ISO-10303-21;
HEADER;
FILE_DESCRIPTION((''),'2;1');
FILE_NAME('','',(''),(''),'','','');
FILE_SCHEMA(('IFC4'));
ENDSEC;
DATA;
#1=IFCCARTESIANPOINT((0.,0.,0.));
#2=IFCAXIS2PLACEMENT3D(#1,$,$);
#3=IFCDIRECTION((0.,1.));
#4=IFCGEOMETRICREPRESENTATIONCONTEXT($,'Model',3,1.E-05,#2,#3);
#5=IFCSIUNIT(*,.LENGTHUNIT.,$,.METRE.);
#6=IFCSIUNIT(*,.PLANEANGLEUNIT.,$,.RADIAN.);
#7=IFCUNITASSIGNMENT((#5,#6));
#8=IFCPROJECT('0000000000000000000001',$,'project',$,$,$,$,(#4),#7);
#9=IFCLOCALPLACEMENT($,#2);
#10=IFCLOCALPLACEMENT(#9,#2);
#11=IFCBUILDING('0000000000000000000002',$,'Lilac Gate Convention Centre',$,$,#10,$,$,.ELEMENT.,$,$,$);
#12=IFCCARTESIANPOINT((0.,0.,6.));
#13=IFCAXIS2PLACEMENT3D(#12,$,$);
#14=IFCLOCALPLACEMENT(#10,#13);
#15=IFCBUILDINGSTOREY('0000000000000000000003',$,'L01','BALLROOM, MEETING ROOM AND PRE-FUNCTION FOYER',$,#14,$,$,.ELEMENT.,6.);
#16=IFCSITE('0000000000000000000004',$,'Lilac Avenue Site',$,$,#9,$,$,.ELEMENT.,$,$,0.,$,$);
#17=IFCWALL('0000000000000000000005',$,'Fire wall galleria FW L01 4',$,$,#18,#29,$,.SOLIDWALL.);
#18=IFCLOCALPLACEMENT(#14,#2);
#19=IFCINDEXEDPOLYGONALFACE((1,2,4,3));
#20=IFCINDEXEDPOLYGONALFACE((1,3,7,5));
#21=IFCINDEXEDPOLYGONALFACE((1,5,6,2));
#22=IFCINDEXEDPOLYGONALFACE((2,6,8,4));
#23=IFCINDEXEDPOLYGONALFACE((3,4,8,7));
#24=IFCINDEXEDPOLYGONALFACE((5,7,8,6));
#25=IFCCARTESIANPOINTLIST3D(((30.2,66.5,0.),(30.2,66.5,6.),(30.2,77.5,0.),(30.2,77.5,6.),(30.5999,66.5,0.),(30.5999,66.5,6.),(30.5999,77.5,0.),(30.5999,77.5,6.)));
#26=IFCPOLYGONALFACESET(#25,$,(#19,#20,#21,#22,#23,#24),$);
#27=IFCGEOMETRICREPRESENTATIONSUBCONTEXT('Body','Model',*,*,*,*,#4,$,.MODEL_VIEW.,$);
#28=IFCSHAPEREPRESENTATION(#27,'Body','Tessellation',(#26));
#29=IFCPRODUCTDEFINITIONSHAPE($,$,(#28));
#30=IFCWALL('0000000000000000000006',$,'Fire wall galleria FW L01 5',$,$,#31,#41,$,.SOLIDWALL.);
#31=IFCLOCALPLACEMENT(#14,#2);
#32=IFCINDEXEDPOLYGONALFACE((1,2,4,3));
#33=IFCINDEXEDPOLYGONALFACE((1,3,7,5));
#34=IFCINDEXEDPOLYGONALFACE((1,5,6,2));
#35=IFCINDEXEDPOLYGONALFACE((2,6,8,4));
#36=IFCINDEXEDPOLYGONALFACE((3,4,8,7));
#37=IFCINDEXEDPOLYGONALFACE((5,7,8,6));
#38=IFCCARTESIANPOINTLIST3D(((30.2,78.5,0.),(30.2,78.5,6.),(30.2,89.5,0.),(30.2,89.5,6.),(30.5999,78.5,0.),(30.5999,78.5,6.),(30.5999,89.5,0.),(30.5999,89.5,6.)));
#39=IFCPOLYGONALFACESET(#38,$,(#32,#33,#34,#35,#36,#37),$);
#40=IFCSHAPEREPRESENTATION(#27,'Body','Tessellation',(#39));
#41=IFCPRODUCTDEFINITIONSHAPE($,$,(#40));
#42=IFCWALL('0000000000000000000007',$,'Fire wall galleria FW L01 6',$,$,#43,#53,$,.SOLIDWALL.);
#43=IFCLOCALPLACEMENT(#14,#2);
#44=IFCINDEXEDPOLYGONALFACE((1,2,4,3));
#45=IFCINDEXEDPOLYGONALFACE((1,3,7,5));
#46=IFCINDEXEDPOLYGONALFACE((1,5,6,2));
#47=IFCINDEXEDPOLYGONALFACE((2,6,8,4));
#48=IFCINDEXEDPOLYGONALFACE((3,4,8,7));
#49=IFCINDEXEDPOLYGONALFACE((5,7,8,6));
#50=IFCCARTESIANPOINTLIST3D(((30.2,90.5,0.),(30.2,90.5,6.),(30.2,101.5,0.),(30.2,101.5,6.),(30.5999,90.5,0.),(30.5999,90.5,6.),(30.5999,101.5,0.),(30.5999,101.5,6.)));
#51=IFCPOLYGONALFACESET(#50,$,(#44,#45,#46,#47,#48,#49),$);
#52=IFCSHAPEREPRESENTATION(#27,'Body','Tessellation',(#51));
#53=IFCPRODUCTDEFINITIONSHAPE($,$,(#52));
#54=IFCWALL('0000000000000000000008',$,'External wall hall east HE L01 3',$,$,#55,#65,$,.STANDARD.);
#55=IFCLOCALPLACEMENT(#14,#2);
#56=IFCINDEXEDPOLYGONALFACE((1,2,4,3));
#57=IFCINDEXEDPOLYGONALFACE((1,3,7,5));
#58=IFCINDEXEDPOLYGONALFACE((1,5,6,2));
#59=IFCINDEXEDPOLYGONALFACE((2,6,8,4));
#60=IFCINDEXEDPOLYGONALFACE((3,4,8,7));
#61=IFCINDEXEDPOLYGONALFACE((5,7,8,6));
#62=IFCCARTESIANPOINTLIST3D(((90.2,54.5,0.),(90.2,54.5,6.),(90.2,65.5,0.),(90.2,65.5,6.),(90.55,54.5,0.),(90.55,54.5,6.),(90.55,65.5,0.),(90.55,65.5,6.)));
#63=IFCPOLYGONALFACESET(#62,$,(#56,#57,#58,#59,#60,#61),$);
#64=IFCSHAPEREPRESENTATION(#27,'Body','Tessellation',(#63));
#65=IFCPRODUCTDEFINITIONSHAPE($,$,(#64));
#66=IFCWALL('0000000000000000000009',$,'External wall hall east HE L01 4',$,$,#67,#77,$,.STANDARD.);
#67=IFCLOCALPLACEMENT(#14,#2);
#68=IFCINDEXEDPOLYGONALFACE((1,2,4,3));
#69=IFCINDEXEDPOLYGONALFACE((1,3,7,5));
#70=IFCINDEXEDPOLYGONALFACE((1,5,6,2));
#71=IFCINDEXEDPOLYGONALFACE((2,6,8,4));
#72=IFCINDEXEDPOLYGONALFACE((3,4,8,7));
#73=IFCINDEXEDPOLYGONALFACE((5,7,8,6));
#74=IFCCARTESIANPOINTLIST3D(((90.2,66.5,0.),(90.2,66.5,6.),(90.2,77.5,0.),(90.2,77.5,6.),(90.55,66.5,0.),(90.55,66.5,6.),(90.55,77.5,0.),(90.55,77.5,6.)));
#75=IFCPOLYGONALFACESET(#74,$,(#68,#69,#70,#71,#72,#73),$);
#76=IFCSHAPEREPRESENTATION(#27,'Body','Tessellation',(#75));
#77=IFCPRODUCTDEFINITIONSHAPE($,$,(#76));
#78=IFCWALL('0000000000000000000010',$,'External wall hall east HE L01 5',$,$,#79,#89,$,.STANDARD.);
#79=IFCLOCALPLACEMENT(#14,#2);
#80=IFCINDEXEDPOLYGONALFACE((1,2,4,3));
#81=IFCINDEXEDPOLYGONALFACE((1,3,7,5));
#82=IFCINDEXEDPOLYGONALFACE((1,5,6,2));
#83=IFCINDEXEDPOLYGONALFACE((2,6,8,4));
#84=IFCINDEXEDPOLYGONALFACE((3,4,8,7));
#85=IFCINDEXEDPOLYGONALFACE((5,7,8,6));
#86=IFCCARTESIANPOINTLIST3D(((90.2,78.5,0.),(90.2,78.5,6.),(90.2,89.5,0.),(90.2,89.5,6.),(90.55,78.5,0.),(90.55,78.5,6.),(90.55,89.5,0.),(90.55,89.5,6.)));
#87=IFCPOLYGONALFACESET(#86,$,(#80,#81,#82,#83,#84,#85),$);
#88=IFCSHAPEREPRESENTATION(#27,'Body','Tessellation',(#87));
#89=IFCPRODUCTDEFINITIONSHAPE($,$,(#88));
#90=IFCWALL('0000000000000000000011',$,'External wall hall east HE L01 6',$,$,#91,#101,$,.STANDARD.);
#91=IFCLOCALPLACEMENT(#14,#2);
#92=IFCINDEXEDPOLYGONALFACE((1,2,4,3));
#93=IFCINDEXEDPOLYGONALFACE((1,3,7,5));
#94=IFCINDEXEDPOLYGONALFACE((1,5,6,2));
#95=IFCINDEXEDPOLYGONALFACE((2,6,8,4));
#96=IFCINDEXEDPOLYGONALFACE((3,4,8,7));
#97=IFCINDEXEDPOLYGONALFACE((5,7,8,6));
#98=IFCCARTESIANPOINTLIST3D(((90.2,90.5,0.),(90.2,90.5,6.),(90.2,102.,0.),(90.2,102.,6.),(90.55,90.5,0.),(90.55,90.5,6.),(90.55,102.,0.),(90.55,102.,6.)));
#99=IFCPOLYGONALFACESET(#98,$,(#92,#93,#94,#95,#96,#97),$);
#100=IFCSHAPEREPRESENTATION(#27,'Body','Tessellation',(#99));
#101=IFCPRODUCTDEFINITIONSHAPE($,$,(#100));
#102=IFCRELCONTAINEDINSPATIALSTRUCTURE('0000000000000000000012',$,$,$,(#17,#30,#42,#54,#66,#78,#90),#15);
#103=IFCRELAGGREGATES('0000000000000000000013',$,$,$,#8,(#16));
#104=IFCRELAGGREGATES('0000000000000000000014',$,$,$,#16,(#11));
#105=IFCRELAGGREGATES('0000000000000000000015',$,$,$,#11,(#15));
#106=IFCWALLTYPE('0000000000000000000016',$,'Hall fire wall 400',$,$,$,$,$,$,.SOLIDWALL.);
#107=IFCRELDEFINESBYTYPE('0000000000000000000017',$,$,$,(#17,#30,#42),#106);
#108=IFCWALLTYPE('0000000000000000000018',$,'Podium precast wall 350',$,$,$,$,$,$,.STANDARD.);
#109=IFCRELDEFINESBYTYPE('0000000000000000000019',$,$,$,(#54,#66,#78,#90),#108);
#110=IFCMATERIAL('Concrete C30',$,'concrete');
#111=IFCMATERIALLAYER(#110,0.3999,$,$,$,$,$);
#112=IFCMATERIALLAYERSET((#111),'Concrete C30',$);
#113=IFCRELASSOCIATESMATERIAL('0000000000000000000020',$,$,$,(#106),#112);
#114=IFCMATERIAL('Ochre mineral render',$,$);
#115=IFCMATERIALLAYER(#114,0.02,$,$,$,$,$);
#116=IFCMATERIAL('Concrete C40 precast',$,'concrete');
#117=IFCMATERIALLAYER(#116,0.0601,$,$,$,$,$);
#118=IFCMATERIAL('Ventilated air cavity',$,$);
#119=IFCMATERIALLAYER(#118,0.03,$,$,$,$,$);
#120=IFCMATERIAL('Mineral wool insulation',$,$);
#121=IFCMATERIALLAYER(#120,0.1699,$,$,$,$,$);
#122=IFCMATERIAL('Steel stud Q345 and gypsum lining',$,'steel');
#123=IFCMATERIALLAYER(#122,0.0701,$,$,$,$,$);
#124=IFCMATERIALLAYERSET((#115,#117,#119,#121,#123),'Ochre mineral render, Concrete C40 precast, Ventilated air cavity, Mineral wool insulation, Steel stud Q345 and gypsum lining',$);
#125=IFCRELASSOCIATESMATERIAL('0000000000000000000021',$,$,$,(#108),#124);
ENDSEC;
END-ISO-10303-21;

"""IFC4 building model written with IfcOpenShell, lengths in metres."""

from ifc_helpers import new_model, si_unit, direction, frame, frame_2d, origin, place, context, subcontext, project, spatial, rectangle, extrude, material, layer, layer_set, type_object, element, save


model = new_model("IFC4")

# Units and contexts
model_context = context("Model", 3, precision=1e-05, world=origin(), true_north=direction((0.0, 1.0)))
body_context = subcontext(model_context, "Body", "Model", "MODEL_VIEW")
ifc_project = project(units=[si_unit("LENGTHUNIT", "METRE"), si_unit("PLANEANGLEUNIT", "RADIAN")], contexts=[model_context])

# Site, building, storey
site_placement = place(None, origin())
site = spatial("IfcSite", under=ifc_project, at=site_placement, Name="Lilac Avenue Site", CompositionType="ELEMENT", RefElevation=0.0)
building_placement = place(site_placement, origin())
building = spatial("IfcBuilding", under=site, at=building_placement, Name="Lilac Gate Convention Centre", CompositionType="ELEMENT")
storey_placement = place(building_placement, frame((0.0, 0.0, 6.0)))
storey = spatial("IfcBuildingStorey", under=building, at=storey_placement, Name="L01", Description="BALLROOM, MEETING ROOM AND PRE-FUNCTION FOYER", CompositionType="ELEMENT", Elevation=6.0)

# Walls
ifc_material_1 = material(Name="Concrete C30", Category="concrete")
ifc_layer_1 = layer(ifc_material_1, 0.3999)
ifc_layer_set_1 = layer_set([ifc_layer_1], Name="Concrete C30")
wall_type_1 = type_object("IfcWallType", Name="Hall fire wall 400", PredefinedType="SOLIDWALL", material=ifc_layer_set_1)
for number, where, z_axis, x_axis, name in (
    (1, (30.3999, 66.5, 0.0), (0.0, 0.0, 1.0), (0.0, 1.0, 0.0), "Fire wall galleria FW L01 4"),
    (2, (30.3999, 78.5, 0.0), (0.0, 0.0, 1.0), (0.0, 1.0, 0.0), "Fire wall galleria FW L01 5"),
    (3, (30.3999, 90.5, 0.0), (0.0, 0.0, 1.0), (0.0, 1.0, 0.0), "Fire wall galleria FW L01 6"),
):
    element("IfcWall", number, at=place(storey_placement, frame(where, z_axis=z_axis, x_axis=x_axis)), inside=storey, type_object=wall_type_1, Name=name, PredefinedType="SOLIDWALL", context=body_context, shape_type="SweptSolid", body=[
        extrude(rectangle(XDim=11.0, YDim=0.3999, at=frame_2d((5.5, 0.0))), origin(), (0.0, 0.0, 1.0), 6.0),
    ])
ifc_material_2 = material(Name="Ochre mineral render")
ifc_layer_2 = layer(ifc_material_2, 0.02)
ifc_material_3 = material(Name="Concrete C40 precast", Category="concrete")
ifc_layer_3 = layer(ifc_material_3, 0.0601)
ifc_material_4 = material(Name="Ventilated air cavity")
ifc_layer_4 = layer(ifc_material_4, 0.03)
ifc_material_5 = material(Name="Mineral wool insulation")
ifc_layer_5 = layer(ifc_material_5, 0.1699)
ifc_material_6 = material(Name="Steel stud Q345 and gypsum lining", Category="steel")
ifc_layer_6 = layer(ifc_material_6, 0.0701)
ifc_layer_set_2 = layer_set([ifc_layer_2, ifc_layer_3, ifc_layer_4, ifc_layer_5, ifc_layer_6], Name="Ochre mineral render, Concrete C40 precast, Ventilated air cavity, Mineral wool insulation, Steel stud Q345 and gypsum lining")
wall_type_2 = type_object("IfcWallType", Name="Podium precast wall 350", PredefinedType="STANDARD", material=ifc_layer_set_2)
for number, where, z_axis, x_axis, name in (
    (4, (90.375, 54.5, 0.0), (0.0, 0.0, 1.0), (0.0, 1.0, 0.0), "External wall hall east HE L01 3"),
    (5, (90.375, 66.5, 0.0), (0.0, 0.0, 1.0), (0.0, 1.0, 0.0), "External wall hall east HE L01 4"),
    (6, (90.375, 78.5, 0.0), (0.0, 0.0, 1.0), (0.0, 1.0, 0.0), "External wall hall east HE L01 5"),
):
    element("IfcWall", number, at=place(storey_placement, frame(where, z_axis=z_axis, x_axis=x_axis)), inside=storey, type_object=wall_type_2, Name=name, PredefinedType="STANDARD", context=body_context, shape_type="SweptSolid", body=[
        extrude(rectangle(XDim=11.0, YDim=0.3501, at=frame_2d((5.5, 0.0))), origin(), (0.0, 0.0, 1.0), 6.0),
    ])
wall_placement = place(storey_placement, frame((90.375, 90.5, 0.0), z_axis=(0.0, 0.0, 1.0), x_axis=(0.0, 1.0, 0.0)))
element("IfcWall", 7, at=wall_placement, inside=storey, type_object=wall_type_2, Name="External wall hall east HE L01 6", PredefinedType="STANDARD", context=body_context, shape_type="SweptSolid", body=[
    extrude(rectangle(XDim=11.5, YDim=0.3501, at=frame_2d((5.75, 0.0))), origin(), (0.0, 0.0, 1.0), 6.0),
])

save(model, "model.ifc")
